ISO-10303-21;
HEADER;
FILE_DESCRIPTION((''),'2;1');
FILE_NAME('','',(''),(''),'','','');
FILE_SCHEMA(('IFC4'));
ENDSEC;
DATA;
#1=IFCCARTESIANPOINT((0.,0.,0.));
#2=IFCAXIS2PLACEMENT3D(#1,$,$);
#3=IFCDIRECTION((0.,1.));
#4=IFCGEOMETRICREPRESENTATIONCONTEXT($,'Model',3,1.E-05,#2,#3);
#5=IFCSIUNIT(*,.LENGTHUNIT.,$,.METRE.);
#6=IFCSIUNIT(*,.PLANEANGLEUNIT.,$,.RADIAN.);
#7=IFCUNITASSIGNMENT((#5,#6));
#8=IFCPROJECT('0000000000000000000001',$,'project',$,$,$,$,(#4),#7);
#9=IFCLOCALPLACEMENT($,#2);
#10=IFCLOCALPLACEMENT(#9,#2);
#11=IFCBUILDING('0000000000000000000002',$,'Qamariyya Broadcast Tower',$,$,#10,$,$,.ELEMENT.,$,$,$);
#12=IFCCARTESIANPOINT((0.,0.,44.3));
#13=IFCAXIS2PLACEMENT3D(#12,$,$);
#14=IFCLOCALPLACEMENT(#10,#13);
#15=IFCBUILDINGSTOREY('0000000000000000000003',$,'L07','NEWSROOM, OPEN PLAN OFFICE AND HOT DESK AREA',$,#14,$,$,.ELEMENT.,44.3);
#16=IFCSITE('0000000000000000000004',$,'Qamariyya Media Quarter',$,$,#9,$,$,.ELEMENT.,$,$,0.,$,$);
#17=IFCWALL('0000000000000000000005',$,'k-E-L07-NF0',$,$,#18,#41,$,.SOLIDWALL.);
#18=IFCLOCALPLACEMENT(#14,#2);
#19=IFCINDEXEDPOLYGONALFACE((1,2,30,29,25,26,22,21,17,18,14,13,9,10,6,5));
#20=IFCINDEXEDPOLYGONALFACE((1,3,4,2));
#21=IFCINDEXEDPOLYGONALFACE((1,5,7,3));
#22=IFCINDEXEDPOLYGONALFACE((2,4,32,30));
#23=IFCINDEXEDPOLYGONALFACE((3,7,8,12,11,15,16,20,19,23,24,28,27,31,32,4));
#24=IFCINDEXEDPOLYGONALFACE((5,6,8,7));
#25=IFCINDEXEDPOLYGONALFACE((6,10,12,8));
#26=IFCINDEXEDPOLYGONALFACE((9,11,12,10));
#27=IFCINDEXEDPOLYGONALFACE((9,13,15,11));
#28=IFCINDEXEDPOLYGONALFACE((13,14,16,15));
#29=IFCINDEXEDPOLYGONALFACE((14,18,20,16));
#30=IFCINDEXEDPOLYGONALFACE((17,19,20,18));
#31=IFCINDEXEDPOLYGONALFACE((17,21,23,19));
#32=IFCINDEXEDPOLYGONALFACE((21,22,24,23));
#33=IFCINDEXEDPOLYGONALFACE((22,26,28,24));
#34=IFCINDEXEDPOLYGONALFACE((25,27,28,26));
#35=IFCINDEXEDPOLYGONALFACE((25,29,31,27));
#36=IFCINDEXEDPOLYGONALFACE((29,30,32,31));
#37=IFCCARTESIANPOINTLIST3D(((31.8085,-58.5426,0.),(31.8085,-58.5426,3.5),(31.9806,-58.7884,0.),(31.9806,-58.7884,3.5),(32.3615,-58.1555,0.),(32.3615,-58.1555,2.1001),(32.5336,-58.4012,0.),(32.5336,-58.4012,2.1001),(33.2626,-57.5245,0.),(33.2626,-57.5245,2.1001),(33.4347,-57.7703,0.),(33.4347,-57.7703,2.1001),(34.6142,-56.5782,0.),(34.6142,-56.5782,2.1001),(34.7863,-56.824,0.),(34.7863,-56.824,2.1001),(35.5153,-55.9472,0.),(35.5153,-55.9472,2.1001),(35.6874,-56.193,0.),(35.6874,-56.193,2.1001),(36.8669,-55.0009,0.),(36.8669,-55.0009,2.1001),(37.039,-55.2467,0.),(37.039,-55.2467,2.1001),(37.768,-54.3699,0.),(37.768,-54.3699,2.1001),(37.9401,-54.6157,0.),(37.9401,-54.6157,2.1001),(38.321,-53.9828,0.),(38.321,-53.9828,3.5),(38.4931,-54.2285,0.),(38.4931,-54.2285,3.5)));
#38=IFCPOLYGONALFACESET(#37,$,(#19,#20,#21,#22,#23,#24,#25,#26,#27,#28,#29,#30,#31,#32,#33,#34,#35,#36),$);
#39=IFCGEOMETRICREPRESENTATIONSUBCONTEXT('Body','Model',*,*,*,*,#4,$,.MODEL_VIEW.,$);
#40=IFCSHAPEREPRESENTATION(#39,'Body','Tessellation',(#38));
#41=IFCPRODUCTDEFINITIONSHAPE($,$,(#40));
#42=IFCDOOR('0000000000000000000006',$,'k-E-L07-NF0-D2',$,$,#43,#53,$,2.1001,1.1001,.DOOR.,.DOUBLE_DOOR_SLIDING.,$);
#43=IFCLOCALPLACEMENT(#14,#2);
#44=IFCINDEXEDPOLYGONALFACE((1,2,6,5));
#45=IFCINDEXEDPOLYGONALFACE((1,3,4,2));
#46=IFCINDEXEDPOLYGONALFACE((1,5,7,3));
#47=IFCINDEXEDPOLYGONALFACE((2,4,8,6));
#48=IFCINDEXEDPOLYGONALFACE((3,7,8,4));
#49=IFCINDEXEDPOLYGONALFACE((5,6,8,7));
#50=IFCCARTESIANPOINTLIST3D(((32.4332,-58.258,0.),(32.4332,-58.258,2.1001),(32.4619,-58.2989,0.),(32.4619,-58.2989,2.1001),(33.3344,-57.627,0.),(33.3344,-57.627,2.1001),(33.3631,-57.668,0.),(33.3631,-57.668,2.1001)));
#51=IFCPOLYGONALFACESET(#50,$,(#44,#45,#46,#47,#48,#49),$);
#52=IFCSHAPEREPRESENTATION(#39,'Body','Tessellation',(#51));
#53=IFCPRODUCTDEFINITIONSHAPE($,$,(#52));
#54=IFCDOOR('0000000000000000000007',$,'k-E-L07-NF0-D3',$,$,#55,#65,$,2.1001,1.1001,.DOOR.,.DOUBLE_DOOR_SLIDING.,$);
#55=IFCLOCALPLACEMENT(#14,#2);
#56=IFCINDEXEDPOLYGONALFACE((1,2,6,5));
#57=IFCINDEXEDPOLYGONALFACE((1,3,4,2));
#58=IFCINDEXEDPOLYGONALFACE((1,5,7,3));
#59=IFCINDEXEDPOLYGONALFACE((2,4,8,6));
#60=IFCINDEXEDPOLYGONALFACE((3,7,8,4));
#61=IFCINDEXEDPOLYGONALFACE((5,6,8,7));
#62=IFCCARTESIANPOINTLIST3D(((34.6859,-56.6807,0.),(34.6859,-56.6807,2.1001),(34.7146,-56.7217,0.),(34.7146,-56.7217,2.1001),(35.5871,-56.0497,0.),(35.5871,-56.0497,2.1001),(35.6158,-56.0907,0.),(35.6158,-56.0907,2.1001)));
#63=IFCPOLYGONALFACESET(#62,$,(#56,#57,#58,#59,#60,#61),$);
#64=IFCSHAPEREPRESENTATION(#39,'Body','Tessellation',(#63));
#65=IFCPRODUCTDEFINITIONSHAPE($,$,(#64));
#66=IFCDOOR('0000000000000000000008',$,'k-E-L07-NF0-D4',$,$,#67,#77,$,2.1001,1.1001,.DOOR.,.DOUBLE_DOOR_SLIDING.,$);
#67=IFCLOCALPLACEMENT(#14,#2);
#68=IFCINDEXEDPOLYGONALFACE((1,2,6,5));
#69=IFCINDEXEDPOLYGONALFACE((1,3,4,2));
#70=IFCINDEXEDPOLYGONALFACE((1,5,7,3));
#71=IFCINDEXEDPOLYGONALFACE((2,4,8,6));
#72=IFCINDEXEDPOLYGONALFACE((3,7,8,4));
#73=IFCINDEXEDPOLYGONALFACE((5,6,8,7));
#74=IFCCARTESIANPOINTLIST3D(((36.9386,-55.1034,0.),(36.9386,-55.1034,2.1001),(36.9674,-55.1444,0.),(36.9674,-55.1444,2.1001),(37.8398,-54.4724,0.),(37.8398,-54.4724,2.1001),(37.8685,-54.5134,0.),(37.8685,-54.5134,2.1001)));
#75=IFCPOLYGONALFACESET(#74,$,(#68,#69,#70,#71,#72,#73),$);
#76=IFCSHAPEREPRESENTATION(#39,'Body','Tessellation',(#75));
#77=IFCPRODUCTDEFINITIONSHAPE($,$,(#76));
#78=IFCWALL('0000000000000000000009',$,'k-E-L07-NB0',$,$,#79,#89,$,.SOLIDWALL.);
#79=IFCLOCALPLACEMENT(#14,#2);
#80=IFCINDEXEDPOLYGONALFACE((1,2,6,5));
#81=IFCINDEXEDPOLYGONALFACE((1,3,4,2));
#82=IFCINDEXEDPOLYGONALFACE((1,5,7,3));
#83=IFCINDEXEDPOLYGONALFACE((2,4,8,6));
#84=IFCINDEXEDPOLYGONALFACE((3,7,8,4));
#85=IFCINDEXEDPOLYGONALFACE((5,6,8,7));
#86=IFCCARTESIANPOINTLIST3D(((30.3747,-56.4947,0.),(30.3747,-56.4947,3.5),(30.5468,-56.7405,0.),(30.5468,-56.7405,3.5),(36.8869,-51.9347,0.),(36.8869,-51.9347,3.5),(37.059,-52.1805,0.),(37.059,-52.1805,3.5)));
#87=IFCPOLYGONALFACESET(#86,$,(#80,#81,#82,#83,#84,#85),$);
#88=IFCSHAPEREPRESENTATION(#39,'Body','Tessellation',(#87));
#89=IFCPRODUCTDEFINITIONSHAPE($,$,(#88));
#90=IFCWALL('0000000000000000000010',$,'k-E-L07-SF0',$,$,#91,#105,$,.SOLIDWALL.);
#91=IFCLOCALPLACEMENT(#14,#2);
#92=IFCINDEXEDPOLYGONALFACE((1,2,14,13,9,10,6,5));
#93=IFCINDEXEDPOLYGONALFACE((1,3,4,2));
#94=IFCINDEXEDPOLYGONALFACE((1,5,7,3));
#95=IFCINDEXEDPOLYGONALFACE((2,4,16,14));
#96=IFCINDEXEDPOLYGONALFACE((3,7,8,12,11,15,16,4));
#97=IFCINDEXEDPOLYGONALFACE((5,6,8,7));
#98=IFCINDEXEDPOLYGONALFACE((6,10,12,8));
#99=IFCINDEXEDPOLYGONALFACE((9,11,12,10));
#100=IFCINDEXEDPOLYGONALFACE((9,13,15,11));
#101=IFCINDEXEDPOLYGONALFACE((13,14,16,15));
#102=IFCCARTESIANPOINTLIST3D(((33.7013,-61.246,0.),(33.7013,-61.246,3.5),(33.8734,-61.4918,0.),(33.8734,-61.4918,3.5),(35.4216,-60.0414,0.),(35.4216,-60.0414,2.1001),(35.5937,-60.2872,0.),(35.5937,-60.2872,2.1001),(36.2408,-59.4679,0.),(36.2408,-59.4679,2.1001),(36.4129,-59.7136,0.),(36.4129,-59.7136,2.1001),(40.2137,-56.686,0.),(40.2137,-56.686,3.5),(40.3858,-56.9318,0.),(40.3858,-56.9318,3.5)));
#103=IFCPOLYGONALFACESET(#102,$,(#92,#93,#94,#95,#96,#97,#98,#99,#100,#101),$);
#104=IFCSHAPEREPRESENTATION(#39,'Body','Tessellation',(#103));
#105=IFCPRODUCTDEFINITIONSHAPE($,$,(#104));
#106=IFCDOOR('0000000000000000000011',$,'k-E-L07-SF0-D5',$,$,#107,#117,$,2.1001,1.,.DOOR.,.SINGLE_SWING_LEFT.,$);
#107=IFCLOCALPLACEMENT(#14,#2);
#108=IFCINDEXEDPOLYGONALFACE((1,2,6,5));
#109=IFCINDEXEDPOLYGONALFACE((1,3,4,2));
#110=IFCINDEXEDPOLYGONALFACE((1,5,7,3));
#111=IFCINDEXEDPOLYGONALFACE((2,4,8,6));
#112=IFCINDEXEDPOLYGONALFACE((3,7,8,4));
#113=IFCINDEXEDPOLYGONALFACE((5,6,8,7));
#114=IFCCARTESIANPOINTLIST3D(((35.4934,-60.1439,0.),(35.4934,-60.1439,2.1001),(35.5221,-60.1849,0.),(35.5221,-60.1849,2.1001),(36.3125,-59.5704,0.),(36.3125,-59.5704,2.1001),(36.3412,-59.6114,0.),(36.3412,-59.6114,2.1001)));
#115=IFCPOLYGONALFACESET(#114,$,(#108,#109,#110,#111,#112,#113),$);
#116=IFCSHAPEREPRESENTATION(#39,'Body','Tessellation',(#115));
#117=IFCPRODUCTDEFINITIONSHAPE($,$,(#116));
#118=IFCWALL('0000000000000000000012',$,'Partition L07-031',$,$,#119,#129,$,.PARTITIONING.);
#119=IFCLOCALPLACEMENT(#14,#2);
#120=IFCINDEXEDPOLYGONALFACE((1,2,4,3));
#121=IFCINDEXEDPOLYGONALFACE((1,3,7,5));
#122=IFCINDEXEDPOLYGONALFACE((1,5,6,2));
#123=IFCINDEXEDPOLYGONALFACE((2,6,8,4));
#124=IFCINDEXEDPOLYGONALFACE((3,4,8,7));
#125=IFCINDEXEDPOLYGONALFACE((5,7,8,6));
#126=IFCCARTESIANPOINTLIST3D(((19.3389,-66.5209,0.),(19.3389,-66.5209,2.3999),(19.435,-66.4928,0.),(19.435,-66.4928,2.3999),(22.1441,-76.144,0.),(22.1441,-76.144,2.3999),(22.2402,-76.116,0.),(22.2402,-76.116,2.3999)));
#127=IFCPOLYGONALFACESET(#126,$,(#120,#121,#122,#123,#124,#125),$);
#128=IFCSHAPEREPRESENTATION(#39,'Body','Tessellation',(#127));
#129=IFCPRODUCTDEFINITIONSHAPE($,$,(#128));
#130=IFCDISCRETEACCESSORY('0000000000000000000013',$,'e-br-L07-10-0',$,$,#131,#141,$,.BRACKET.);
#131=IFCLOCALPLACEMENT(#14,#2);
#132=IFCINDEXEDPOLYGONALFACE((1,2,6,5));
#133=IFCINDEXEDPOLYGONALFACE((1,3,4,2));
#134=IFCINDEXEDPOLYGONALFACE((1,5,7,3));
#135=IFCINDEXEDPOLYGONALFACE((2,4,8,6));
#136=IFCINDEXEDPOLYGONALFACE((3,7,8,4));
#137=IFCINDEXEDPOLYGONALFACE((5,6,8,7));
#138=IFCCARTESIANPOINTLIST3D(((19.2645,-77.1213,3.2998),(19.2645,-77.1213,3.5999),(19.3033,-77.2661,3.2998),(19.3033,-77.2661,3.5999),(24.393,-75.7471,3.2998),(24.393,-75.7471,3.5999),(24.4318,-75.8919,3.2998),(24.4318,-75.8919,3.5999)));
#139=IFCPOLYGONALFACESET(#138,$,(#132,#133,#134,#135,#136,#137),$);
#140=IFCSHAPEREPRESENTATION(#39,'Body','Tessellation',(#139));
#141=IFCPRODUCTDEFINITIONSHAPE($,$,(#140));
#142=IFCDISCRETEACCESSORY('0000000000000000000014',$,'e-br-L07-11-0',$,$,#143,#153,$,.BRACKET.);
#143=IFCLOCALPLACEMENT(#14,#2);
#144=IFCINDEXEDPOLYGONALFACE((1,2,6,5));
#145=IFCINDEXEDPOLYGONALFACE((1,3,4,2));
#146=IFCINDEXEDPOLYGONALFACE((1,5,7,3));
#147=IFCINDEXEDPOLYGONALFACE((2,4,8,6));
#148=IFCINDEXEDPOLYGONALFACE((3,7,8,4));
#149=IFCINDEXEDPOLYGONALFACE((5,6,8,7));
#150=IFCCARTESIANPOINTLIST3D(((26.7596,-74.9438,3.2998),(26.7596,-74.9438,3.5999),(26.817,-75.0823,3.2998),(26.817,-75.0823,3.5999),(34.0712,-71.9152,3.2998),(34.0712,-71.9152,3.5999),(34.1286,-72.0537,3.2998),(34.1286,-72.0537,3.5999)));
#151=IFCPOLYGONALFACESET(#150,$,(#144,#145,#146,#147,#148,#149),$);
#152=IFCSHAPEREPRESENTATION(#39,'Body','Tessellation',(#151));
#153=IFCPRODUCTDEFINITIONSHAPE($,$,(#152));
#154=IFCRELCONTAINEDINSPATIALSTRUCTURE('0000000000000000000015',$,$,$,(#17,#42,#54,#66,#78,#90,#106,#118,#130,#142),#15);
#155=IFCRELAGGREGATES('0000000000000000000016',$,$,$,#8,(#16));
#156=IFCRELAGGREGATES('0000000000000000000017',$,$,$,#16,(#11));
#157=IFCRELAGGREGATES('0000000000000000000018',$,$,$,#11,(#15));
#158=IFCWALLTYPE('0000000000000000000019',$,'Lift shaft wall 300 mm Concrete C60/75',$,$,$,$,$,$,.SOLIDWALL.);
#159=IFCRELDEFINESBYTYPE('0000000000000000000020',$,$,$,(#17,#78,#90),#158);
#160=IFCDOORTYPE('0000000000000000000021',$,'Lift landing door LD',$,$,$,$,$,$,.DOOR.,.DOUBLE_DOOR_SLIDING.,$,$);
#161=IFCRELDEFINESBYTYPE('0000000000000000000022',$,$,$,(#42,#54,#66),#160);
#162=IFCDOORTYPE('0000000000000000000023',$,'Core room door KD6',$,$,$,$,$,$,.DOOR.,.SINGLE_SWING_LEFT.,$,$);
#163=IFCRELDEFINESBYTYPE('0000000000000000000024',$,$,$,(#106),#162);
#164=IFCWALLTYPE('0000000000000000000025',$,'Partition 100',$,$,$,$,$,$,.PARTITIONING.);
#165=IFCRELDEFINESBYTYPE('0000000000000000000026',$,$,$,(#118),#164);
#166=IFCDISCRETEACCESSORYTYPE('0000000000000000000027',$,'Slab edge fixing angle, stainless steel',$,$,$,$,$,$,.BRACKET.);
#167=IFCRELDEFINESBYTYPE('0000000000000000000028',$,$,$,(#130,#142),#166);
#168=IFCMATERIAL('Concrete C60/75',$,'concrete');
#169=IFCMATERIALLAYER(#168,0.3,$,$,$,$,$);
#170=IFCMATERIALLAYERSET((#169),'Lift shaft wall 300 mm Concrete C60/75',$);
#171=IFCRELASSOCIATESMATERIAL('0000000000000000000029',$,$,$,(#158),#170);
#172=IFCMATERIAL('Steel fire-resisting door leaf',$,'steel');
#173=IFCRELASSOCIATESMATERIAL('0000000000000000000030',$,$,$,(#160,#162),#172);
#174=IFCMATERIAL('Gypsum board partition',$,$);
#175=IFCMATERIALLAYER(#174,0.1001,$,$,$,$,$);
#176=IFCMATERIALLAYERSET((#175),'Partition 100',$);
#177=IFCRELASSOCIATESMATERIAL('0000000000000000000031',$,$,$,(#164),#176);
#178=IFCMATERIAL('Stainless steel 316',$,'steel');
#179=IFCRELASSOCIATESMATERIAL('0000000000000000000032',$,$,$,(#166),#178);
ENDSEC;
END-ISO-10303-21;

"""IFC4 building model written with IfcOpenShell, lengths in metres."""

from ifc_helpers import new_model, si_unit, direction, frame, frame_2d, origin, origin_2d, place, context, subcontext, project, spatial, rectangle, extrude, material, layer, layer_set, type_object, element, fill, save


model = new_model("IFC4")

# Units and contexts
model_context = context("Model", 3, precision=1e-05, world=origin(), true_north=direction((0.0, 1.0)))
body_context = subcontext(model_context, "Body", "Model", "MODEL_VIEW")
ifc_project = project(units=[si_unit("LENGTHUNIT", "METRE"), si_unit("PLANEANGLEUNIT", "RADIAN")], contexts=[model_context])

# Site, building, storey
site_placement = place(None, origin())
site = spatial("IfcSite", under=ifc_project, at=site_placement, Name="Qamariyya Media Quarter", CompositionType="ELEMENT", RefElevation=0.0)
building_placement = place(site_placement, origin())
building = spatial("IfcBuilding", under=site, at=building_placement, Name="Qamariyya Broadcast Tower", CompositionType="ELEMENT")
storey_placement = place(building_placement, frame((0.0, 0.0, 44.3)))
storey = spatial("IfcBuildingStorey", under=building, at=storey_placement, Name="L07", Description="NEWSROOM, OPEN PLAN OFFICE AND HOT DESK AREA", CompositionType="ELEMENT", Elevation=44.3)

# Shared definitions
ifc_material_1 = material(Name="Gypsum board partition")

# Wall, openings, doors
ifc_material_2 = material(Name="Concrete C60/75", Category="concrete")
ifc_layer_1 = layer(ifc_material_2, 0.3)
ifc_layer_set_1 = layer_set([ifc_layer_1], Name="Lift shaft wall 300 mm Concrete C60/75")
wall_type_1 = type_object("IfcWallType", Name="Lift shaft wall 300 mm Concrete C60/75", PredefinedType="SOLIDWALL", material=ifc_layer_set_1)
wall_1_placement = place(storey_placement, frame((31.8945, -58.6655, 0.0), z_axis=(0.0, 0.0, 1.0), x_axis=(0.819167, 0.573555, 0.0)))
wall_1 = element("IfcWall", 1, at=wall_1_placement, inside=storey, type_object=wall_type_1, Name="k-E-L07-NF0", PredefinedType="SOLIDWALL", context=body_context, shape_type="SweptSolid", body=[
    extrude(rectangle(XDim=7.9502, YDim=0.3, at=frame_2d((3.9751, 0.0))), origin(), (0.0, 0.0, 1.0), 3.5),
])
opening_1_placement = place(wall_1_placement, frame((0.675, 0.0, 0.0)))
opening_1 = element("IfcOpeningElement", 2, at=opening_1_placement, cuts=wall_1, PredefinedType="OPENING", context=body_context, shape_type="SweptSolid", body=[
    extrude(rectangle(XDim=1.1001, YDim=2.1001, at=frame_2d((0.55, 1.05))), frame((0.0, 0.1599, 0.0), z_axis=(0.0, -1.0, 0.0), x_axis=(1.0, 0.0, 0.0)), (0.0, 0.0, 1.0), 0.3201),
])
opening_2_placement = place(wall_1_placement, frame((3.425, 0.0, 0.0)))
opening_2 = element("IfcOpeningElement", 3, at=opening_2_placement, cuts=wall_1, PredefinedType="OPENING", context=body_context, shape_type="SweptSolid", body=[
    extrude(rectangle(XDim=1.1001, YDim=2.1001, at=frame_2d((0.55, 1.05))), frame((0.0, 0.1599, 0.0), z_axis=(0.0, -1.0, 0.0), x_axis=(1.0, 0.0, 0.0)), (0.0, 0.0, 1.0), 0.3201),
])
opening_3_placement = place(wall_1_placement, frame((6.175, 0.0, 0.0)))
opening_3 = element("IfcOpeningElement", 4, at=opening_3_placement, cuts=wall_1, PredefinedType="OPENING", context=body_context, shape_type="SweptSolid", body=[
    extrude(rectangle(XDim=1.1001, YDim=2.1001, at=frame_2d((0.55, 1.05))), frame((0.0, 0.1599, 0.0), z_axis=(0.0, -1.0, 0.0), x_axis=(1.0, 0.0, 0.0)), (0.0, 0.0, 1.0), 0.3201),
])
ifc_material_3 = material(Name="Steel fire-resisting door leaf", Category="steel")
door_type_1 = type_object("IfcDoorType", Name="Lift landing door LD", OperationType="DOUBLE_DOOR_SLIDING", PredefinedType="DOOR", material=ifc_material_3)
door_1_placement = place(opening_1_placement, origin())
door_1 = element("IfcDoor", 5, at=door_1_placement, inside=storey, type_object=door_type_1, Name="k-E-L07-NF0-D2", OperationType="DOUBLE_DOOR_SLIDING", OverallHeight=2.1001, OverallWidth=1.1001, PredefinedType="DOOR", context=body_context, shape_type="SweptSolid", body=[
    extrude(rectangle(XDim=1.1001, YDim=2.1001, at=frame_2d((0.55, 1.05))), frame((0.0, 0.0249, 0.0), z_axis=(0.0, -1.0, 0.0), x_axis=(1.0, 0.0, 0.0)), (0.0, 0.0, 1.0), 0.05),
])
fill(opening_1, door_1)
door_2_placement = place(opening_2_placement, origin())
door_2 = element("IfcDoor", 6, at=door_2_placement, inside=storey, type_object=door_type_1, Name="k-E-L07-NF0-D3", OperationType="DOUBLE_DOOR_SLIDING", OverallHeight=2.1001, OverallWidth=1.1001, PredefinedType="DOOR", context=body_context, shape_type="SweptSolid", body=[
    extrude(rectangle(XDim=1.1001, YDim=2.1001, at=frame_2d((0.55, 1.05))), frame((0.0, 0.0249, 0.0), z_axis=(0.0, -1.0, 0.0), x_axis=(1.0, 0.0, 0.0)), (0.0, 0.0, 1.0), 0.05),
])
fill(opening_2, door_2)
door_3_placement = place(opening_3_placement, origin())
door_3 = element("IfcDoor", 7, at=door_3_placement, inside=storey, type_object=door_type_1, Name="k-E-L07-NF0-D4", OperationType="DOUBLE_DOOR_SLIDING", OverallHeight=2.1001, OverallWidth=1.1001, PredefinedType="DOOR", context=body_context, shape_type="SweptSolid", body=[
    extrude(rectangle(XDim=1.1001, YDim=2.1001, at=frame_2d((0.55, 1.05))), frame((0.0, 0.0249, 0.0), z_axis=(0.0, -1.0, 0.0), x_axis=(1.0, 0.0, 0.0)), (0.0, 0.0, 1.0), 0.05),
])
fill(opening_3, door_3)

# Wall
wall_2_placement = place(storey_placement, frame((30.4607, -56.6177, 0.0), z_axis=(0.0, 0.0, 1.0), x_axis=(0.819142, 0.57359, 0.0)))
element("IfcWall", 8, at=wall_2_placement, inside=storey, type_object=wall_type_1, Name="k-E-L07-NB0", PredefinedType="SOLIDWALL", context=body_context, shape_type="SweptSolid", body=[
    extrude(rectangle(XDim=7.95, YDim=0.3, at=frame_2d((3.9751, 0.0))), origin(), (0.0, 0.0, 1.0), 3.5),
])

# Wall, opening, door
wall_3_placement = place(storey_placement, frame((33.7874, -61.3689, 0.0), z_axis=(0.0, 0.0, 1.0), x_axis=(0.819153, 0.573576, 0.0)))
wall_3 = element("IfcWall", 9, at=wall_3_placement, inside=storey, type_object=wall_type_1, Name="k-E-L07-SF0", PredefinedType="SOLIDWALL", context=body_context, shape_type="SweptSolid", body=[
    extrude(rectangle(XDim=7.9502, YDim=0.3, at=frame_2d((3.9751, 0.0))), origin(), (0.0, 0.0, 1.0), 3.5),
])
opening_4_placement = place(wall_3_placement, frame((2.1001, 0.0, 0.0)))
opening_4 = element("IfcOpeningElement", 10, at=opening_4_placement, cuts=wall_3, PredefinedType="OPENING", context=body_context, shape_type="SweptSolid", body=[
    extrude(rectangle(XDim=1.0, YDim=2.1001, at=frame_2d((0.5, 1.05))), frame((0.0, 0.1599, 0.0), z_axis=(0.0, -1.0, 0.0), x_axis=(1.0, 0.0, 0.0)), (0.0, 0.0, 1.0), 0.3201),
])
door_type_2 = type_object("IfcDoorType", Name="Core room door KD6", OperationType="SINGLE_SWING_LEFT", PredefinedType="DOOR", material=ifc_material_3)
door_4_placement = place(opening_4_placement, origin())
door_4 = element("IfcDoor", 11, at=door_4_placement, inside=storey, type_object=door_type_2, Name="k-E-L07-SF0-D5", OperationType="SINGLE_SWING_LEFT", OverallHeight=2.1001, OverallWidth=1.0, PredefinedType="DOOR", context=body_context, shape_type="SweptSolid", body=[
    extrude(rectangle(XDim=1.0, YDim=2.1001, at=frame_2d((0.5, 1.05))), frame((0.0, 0.0249, 0.0), z_axis=(0.0, -1.0, 0.0), x_axis=(1.0, 0.0, 0.0)), (0.0, 0.0, 1.0), 0.05),
])
fill(opening_4, door_4)

# Wall
ifc_layer_2 = layer(ifc_material_1, 0.1001)
ifc_layer_set_2 = layer_set([ifc_layer_2], Name="Partition 100")
wall_type_2 = type_object("IfcWallType", Name="Partition 100", PredefinedType="PARTITIONING", material=ifc_layer_set_2)
wall_4_placement = place(storey_placement, frame((22.1921, -76.1299, 0.0), z_axis=(0.0, 0.0, 1.0), x_axis=(-0.279858, 0.960041, 0.0)))
element("IfcWall", 12, at=wall_4_placement, inside=storey, type_object=wall_type_2, Name="Partition L07-031", PredefinedType="PARTITIONING", context=body_context, shape_type="SweptSolid", body=[
    extrude(rectangle(XDim=10.0237, YDim=0.1001, at=frame_2d((5.0117, 0.0))), origin(), (0.0, 0.0, 1.0), 2.3999),
])

# Discrete accessories
ifc_material_4 = material(Name="Stainless steel 316", Category="steel")
discrete_accessory_type = type_object("IfcDiscreteAccessoryType", Name="Slab edge fixing angle, stainless steel", PredefinedType="BRACKET", material=ifc_material_4)
discrete_accessory_1_placement = place(storey_placement, frame((21.8481, -76.5066, 3.2998), z_axis=(0.0, 0.0, 1.0), x_axis=(0.965926, 0.258819, 0.0)))
element("IfcDiscreteAccessory", 13, at=discrete_accessory_1_placement, inside=storey, type_object=discrete_accessory_type, Name="e-br-L07-10-0", PredefinedType="BRACKET", context=body_context, shape_type="SweptSolid", body=[
    extrude(rectangle(XDim=5.3093, YDim=0.1499, at=origin_2d()), origin(), (0.0, 0.0, 1.0), 0.3),
])
discrete_accessory_2_placement = place(storey_placement, frame((30.4441, -73.4988, 3.2998), z_axis=(0.0, 0.0, 1.0), x_axis=(0.92388, 0.382683, 0.0)))
element("IfcDiscreteAccessory", 14, at=discrete_accessory_2_placement, inside=storey, type_object=discrete_accessory_type, Name="e-br-L07-11-0", PredefinedType="BRACKET", context=body_context, shape_type="SweptSolid", body=[
    extrude(rectangle(XDim=7.9141, YDim=0.1499, at=origin_2d()), origin(), (0.0, 0.0, 1.0), 0.3),
])

save(model, "model.ifc")
